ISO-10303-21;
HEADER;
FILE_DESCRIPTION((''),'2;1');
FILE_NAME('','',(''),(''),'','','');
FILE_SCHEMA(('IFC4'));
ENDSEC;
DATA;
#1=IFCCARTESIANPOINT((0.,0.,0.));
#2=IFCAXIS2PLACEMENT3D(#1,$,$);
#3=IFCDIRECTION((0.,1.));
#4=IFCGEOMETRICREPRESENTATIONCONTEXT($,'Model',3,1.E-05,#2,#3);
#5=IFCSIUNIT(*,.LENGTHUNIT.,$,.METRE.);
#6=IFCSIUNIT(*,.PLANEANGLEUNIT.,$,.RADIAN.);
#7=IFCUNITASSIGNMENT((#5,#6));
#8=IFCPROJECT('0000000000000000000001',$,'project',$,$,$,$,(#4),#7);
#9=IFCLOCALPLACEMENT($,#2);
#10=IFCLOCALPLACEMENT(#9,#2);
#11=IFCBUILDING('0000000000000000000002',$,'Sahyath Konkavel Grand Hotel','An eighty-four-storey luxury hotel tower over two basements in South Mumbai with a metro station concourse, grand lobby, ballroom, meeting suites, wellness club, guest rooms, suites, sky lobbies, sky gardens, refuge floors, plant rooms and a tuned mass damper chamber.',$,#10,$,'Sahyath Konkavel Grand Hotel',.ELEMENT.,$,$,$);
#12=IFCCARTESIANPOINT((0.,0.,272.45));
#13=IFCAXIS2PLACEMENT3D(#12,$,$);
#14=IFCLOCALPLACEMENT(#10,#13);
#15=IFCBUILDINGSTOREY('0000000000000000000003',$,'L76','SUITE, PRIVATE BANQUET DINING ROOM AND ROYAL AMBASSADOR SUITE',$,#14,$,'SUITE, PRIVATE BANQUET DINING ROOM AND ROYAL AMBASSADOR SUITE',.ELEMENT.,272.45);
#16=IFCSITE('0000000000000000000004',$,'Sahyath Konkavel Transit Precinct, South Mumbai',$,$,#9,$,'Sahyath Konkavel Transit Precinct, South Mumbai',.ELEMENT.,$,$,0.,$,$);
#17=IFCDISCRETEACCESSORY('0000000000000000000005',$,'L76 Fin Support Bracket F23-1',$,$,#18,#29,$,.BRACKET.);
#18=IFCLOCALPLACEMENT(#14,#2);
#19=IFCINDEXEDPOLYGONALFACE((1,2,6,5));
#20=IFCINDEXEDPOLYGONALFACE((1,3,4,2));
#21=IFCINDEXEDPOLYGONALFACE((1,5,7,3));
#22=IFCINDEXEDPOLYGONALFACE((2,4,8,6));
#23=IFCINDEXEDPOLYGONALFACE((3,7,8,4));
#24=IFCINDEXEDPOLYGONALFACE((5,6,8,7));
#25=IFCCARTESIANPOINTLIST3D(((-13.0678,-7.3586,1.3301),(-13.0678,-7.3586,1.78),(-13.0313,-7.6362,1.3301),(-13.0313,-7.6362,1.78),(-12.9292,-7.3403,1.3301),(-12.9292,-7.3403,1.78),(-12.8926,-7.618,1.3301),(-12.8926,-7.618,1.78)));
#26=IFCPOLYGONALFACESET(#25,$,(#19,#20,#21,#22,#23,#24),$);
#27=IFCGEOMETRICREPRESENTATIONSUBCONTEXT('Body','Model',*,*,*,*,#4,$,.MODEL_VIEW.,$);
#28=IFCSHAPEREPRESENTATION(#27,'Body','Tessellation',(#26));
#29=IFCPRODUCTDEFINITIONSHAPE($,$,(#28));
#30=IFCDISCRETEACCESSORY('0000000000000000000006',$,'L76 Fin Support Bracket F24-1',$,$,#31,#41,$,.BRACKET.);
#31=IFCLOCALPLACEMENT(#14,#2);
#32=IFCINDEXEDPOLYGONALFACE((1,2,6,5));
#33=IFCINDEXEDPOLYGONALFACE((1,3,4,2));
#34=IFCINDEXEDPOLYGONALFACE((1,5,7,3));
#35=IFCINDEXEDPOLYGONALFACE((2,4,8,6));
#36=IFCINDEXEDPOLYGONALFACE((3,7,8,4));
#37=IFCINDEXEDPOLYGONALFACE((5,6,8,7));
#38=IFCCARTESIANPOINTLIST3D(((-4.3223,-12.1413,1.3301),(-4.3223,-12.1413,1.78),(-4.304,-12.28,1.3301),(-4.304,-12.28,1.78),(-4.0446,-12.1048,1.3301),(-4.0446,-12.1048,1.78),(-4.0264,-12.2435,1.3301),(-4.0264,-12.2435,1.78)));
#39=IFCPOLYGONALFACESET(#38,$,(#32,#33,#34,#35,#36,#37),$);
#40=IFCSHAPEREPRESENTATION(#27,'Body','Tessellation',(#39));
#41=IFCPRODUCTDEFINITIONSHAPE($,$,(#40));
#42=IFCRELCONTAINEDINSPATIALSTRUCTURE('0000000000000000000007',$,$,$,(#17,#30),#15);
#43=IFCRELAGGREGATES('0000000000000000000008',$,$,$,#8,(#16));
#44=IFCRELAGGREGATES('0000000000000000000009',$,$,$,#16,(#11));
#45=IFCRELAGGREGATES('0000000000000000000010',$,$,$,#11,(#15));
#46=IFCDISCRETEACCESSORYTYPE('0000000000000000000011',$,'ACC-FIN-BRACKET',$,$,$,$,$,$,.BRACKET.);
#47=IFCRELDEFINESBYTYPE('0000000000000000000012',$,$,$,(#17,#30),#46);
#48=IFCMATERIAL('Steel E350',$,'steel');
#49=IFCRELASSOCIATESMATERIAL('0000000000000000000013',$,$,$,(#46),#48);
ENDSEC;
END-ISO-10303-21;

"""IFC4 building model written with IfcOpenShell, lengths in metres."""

from ifc_helpers import new_model, si_unit, direction, frame, origin, origin_2d, place, context, subcontext, project, spatial, rectangle, extrude, source, transform, mapped, material, type_object, element, save


model = new_model("IFC4")

# Units and contexts
model_context = context("Model", 3, precision=1e-05, world=origin(), true_north=direction((0.0, 1.0)))
body_context = subcontext(model_context, "Body", "Model", "MODEL_VIEW")
ifc_project = project(units=[si_unit("LENGTHUNIT", "METRE"), si_unit("PLANEANGLEUNIT", "RADIAN")], contexts=[model_context])

# Site, building, storey
site_placement = place(None, origin())
site = spatial("IfcSite", under=ifc_project, at=site_placement, Name="Sahyath Konkavel Transit Precinct, South Mumbai", LongName="Sahyath Konkavel Transit Precinct, South Mumbai", CompositionType="ELEMENT", RefElevation=0.0)
building_placement = place(site_placement, origin())
building = spatial("IfcBuilding", under=site, at=building_placement, Name="Sahyath Konkavel Grand Hotel", Description="An eighty-four-storey luxury hotel tower over two basements in South Mumbai with a metro station concourse, grand lobby, ballroom, meeting suites, wellness club, guest rooms, suites, sky lobbies, sky gardens, refuge floors, plant rooms and a tuned mass damper chamber.", LongName="Sahyath Konkavel Grand Hotel", CompositionType="ELEMENT")
storey_placement = place(building_placement, frame((0.0, 0.0, 272.45)))
storey = spatial("IfcBuildingStorey", under=building, at=storey_placement, Name="L76", Description="SUITE, PRIVATE BANQUET DINING ROOM AND ROYAL AMBASSADOR SUITE", LongName="SUITE, PRIVATE BANQUET DINING ROOM AND ROYAL AMBASSADOR SUITE", CompositionType="ELEMENT", Elevation=272.45)

# Discrete accessories
ifc_material_1 = material(Name="Steel E350", Category="steel")
discrete_accessory_type = type_object("IfcDiscreteAccessoryType", Name="ACC-FIN-BRACKET", PredefinedType="BRACKET", material=ifc_material_1)
shared_shape_1 = source(origin(), body_context, "Body", "SweptSolid", [
    extrude(rectangle(XDim=0.28, YDim=0.1399, at=origin_2d()), origin(), (0.0, 0.0, 1.0), 0.45),
])
for number, where, z_axis, x_axis, name in (
    (1, (-12.9802, -7.4883, 1.3301), (0.0, 0.0, 1.0), (0.130526, -0.991445, 0.0), "L76 Fin Support Bracket F23-1"),
    (2, (-4.1743, -12.1924, 1.3301), (0.0, 0.0, 1.0), (-0.991445, -0.130526, 0.0), "L76 Fin Support Bracket F24-1"),
):
    element("IfcDiscreteAccessory", number, at=place(storey_placement, frame(where, z_axis=z_axis, x_axis=x_axis)), inside=storey, type_object=discrete_accessory_type, Name=name, PredefinedType="BRACKET", context=body_context, shape_type="MappedRepresentation", body=[
        mapped(shared_shape_1, transform((0.0, 0.0, 0.0), scale=1.0)),
    ])

save(model, "model.ifc")
